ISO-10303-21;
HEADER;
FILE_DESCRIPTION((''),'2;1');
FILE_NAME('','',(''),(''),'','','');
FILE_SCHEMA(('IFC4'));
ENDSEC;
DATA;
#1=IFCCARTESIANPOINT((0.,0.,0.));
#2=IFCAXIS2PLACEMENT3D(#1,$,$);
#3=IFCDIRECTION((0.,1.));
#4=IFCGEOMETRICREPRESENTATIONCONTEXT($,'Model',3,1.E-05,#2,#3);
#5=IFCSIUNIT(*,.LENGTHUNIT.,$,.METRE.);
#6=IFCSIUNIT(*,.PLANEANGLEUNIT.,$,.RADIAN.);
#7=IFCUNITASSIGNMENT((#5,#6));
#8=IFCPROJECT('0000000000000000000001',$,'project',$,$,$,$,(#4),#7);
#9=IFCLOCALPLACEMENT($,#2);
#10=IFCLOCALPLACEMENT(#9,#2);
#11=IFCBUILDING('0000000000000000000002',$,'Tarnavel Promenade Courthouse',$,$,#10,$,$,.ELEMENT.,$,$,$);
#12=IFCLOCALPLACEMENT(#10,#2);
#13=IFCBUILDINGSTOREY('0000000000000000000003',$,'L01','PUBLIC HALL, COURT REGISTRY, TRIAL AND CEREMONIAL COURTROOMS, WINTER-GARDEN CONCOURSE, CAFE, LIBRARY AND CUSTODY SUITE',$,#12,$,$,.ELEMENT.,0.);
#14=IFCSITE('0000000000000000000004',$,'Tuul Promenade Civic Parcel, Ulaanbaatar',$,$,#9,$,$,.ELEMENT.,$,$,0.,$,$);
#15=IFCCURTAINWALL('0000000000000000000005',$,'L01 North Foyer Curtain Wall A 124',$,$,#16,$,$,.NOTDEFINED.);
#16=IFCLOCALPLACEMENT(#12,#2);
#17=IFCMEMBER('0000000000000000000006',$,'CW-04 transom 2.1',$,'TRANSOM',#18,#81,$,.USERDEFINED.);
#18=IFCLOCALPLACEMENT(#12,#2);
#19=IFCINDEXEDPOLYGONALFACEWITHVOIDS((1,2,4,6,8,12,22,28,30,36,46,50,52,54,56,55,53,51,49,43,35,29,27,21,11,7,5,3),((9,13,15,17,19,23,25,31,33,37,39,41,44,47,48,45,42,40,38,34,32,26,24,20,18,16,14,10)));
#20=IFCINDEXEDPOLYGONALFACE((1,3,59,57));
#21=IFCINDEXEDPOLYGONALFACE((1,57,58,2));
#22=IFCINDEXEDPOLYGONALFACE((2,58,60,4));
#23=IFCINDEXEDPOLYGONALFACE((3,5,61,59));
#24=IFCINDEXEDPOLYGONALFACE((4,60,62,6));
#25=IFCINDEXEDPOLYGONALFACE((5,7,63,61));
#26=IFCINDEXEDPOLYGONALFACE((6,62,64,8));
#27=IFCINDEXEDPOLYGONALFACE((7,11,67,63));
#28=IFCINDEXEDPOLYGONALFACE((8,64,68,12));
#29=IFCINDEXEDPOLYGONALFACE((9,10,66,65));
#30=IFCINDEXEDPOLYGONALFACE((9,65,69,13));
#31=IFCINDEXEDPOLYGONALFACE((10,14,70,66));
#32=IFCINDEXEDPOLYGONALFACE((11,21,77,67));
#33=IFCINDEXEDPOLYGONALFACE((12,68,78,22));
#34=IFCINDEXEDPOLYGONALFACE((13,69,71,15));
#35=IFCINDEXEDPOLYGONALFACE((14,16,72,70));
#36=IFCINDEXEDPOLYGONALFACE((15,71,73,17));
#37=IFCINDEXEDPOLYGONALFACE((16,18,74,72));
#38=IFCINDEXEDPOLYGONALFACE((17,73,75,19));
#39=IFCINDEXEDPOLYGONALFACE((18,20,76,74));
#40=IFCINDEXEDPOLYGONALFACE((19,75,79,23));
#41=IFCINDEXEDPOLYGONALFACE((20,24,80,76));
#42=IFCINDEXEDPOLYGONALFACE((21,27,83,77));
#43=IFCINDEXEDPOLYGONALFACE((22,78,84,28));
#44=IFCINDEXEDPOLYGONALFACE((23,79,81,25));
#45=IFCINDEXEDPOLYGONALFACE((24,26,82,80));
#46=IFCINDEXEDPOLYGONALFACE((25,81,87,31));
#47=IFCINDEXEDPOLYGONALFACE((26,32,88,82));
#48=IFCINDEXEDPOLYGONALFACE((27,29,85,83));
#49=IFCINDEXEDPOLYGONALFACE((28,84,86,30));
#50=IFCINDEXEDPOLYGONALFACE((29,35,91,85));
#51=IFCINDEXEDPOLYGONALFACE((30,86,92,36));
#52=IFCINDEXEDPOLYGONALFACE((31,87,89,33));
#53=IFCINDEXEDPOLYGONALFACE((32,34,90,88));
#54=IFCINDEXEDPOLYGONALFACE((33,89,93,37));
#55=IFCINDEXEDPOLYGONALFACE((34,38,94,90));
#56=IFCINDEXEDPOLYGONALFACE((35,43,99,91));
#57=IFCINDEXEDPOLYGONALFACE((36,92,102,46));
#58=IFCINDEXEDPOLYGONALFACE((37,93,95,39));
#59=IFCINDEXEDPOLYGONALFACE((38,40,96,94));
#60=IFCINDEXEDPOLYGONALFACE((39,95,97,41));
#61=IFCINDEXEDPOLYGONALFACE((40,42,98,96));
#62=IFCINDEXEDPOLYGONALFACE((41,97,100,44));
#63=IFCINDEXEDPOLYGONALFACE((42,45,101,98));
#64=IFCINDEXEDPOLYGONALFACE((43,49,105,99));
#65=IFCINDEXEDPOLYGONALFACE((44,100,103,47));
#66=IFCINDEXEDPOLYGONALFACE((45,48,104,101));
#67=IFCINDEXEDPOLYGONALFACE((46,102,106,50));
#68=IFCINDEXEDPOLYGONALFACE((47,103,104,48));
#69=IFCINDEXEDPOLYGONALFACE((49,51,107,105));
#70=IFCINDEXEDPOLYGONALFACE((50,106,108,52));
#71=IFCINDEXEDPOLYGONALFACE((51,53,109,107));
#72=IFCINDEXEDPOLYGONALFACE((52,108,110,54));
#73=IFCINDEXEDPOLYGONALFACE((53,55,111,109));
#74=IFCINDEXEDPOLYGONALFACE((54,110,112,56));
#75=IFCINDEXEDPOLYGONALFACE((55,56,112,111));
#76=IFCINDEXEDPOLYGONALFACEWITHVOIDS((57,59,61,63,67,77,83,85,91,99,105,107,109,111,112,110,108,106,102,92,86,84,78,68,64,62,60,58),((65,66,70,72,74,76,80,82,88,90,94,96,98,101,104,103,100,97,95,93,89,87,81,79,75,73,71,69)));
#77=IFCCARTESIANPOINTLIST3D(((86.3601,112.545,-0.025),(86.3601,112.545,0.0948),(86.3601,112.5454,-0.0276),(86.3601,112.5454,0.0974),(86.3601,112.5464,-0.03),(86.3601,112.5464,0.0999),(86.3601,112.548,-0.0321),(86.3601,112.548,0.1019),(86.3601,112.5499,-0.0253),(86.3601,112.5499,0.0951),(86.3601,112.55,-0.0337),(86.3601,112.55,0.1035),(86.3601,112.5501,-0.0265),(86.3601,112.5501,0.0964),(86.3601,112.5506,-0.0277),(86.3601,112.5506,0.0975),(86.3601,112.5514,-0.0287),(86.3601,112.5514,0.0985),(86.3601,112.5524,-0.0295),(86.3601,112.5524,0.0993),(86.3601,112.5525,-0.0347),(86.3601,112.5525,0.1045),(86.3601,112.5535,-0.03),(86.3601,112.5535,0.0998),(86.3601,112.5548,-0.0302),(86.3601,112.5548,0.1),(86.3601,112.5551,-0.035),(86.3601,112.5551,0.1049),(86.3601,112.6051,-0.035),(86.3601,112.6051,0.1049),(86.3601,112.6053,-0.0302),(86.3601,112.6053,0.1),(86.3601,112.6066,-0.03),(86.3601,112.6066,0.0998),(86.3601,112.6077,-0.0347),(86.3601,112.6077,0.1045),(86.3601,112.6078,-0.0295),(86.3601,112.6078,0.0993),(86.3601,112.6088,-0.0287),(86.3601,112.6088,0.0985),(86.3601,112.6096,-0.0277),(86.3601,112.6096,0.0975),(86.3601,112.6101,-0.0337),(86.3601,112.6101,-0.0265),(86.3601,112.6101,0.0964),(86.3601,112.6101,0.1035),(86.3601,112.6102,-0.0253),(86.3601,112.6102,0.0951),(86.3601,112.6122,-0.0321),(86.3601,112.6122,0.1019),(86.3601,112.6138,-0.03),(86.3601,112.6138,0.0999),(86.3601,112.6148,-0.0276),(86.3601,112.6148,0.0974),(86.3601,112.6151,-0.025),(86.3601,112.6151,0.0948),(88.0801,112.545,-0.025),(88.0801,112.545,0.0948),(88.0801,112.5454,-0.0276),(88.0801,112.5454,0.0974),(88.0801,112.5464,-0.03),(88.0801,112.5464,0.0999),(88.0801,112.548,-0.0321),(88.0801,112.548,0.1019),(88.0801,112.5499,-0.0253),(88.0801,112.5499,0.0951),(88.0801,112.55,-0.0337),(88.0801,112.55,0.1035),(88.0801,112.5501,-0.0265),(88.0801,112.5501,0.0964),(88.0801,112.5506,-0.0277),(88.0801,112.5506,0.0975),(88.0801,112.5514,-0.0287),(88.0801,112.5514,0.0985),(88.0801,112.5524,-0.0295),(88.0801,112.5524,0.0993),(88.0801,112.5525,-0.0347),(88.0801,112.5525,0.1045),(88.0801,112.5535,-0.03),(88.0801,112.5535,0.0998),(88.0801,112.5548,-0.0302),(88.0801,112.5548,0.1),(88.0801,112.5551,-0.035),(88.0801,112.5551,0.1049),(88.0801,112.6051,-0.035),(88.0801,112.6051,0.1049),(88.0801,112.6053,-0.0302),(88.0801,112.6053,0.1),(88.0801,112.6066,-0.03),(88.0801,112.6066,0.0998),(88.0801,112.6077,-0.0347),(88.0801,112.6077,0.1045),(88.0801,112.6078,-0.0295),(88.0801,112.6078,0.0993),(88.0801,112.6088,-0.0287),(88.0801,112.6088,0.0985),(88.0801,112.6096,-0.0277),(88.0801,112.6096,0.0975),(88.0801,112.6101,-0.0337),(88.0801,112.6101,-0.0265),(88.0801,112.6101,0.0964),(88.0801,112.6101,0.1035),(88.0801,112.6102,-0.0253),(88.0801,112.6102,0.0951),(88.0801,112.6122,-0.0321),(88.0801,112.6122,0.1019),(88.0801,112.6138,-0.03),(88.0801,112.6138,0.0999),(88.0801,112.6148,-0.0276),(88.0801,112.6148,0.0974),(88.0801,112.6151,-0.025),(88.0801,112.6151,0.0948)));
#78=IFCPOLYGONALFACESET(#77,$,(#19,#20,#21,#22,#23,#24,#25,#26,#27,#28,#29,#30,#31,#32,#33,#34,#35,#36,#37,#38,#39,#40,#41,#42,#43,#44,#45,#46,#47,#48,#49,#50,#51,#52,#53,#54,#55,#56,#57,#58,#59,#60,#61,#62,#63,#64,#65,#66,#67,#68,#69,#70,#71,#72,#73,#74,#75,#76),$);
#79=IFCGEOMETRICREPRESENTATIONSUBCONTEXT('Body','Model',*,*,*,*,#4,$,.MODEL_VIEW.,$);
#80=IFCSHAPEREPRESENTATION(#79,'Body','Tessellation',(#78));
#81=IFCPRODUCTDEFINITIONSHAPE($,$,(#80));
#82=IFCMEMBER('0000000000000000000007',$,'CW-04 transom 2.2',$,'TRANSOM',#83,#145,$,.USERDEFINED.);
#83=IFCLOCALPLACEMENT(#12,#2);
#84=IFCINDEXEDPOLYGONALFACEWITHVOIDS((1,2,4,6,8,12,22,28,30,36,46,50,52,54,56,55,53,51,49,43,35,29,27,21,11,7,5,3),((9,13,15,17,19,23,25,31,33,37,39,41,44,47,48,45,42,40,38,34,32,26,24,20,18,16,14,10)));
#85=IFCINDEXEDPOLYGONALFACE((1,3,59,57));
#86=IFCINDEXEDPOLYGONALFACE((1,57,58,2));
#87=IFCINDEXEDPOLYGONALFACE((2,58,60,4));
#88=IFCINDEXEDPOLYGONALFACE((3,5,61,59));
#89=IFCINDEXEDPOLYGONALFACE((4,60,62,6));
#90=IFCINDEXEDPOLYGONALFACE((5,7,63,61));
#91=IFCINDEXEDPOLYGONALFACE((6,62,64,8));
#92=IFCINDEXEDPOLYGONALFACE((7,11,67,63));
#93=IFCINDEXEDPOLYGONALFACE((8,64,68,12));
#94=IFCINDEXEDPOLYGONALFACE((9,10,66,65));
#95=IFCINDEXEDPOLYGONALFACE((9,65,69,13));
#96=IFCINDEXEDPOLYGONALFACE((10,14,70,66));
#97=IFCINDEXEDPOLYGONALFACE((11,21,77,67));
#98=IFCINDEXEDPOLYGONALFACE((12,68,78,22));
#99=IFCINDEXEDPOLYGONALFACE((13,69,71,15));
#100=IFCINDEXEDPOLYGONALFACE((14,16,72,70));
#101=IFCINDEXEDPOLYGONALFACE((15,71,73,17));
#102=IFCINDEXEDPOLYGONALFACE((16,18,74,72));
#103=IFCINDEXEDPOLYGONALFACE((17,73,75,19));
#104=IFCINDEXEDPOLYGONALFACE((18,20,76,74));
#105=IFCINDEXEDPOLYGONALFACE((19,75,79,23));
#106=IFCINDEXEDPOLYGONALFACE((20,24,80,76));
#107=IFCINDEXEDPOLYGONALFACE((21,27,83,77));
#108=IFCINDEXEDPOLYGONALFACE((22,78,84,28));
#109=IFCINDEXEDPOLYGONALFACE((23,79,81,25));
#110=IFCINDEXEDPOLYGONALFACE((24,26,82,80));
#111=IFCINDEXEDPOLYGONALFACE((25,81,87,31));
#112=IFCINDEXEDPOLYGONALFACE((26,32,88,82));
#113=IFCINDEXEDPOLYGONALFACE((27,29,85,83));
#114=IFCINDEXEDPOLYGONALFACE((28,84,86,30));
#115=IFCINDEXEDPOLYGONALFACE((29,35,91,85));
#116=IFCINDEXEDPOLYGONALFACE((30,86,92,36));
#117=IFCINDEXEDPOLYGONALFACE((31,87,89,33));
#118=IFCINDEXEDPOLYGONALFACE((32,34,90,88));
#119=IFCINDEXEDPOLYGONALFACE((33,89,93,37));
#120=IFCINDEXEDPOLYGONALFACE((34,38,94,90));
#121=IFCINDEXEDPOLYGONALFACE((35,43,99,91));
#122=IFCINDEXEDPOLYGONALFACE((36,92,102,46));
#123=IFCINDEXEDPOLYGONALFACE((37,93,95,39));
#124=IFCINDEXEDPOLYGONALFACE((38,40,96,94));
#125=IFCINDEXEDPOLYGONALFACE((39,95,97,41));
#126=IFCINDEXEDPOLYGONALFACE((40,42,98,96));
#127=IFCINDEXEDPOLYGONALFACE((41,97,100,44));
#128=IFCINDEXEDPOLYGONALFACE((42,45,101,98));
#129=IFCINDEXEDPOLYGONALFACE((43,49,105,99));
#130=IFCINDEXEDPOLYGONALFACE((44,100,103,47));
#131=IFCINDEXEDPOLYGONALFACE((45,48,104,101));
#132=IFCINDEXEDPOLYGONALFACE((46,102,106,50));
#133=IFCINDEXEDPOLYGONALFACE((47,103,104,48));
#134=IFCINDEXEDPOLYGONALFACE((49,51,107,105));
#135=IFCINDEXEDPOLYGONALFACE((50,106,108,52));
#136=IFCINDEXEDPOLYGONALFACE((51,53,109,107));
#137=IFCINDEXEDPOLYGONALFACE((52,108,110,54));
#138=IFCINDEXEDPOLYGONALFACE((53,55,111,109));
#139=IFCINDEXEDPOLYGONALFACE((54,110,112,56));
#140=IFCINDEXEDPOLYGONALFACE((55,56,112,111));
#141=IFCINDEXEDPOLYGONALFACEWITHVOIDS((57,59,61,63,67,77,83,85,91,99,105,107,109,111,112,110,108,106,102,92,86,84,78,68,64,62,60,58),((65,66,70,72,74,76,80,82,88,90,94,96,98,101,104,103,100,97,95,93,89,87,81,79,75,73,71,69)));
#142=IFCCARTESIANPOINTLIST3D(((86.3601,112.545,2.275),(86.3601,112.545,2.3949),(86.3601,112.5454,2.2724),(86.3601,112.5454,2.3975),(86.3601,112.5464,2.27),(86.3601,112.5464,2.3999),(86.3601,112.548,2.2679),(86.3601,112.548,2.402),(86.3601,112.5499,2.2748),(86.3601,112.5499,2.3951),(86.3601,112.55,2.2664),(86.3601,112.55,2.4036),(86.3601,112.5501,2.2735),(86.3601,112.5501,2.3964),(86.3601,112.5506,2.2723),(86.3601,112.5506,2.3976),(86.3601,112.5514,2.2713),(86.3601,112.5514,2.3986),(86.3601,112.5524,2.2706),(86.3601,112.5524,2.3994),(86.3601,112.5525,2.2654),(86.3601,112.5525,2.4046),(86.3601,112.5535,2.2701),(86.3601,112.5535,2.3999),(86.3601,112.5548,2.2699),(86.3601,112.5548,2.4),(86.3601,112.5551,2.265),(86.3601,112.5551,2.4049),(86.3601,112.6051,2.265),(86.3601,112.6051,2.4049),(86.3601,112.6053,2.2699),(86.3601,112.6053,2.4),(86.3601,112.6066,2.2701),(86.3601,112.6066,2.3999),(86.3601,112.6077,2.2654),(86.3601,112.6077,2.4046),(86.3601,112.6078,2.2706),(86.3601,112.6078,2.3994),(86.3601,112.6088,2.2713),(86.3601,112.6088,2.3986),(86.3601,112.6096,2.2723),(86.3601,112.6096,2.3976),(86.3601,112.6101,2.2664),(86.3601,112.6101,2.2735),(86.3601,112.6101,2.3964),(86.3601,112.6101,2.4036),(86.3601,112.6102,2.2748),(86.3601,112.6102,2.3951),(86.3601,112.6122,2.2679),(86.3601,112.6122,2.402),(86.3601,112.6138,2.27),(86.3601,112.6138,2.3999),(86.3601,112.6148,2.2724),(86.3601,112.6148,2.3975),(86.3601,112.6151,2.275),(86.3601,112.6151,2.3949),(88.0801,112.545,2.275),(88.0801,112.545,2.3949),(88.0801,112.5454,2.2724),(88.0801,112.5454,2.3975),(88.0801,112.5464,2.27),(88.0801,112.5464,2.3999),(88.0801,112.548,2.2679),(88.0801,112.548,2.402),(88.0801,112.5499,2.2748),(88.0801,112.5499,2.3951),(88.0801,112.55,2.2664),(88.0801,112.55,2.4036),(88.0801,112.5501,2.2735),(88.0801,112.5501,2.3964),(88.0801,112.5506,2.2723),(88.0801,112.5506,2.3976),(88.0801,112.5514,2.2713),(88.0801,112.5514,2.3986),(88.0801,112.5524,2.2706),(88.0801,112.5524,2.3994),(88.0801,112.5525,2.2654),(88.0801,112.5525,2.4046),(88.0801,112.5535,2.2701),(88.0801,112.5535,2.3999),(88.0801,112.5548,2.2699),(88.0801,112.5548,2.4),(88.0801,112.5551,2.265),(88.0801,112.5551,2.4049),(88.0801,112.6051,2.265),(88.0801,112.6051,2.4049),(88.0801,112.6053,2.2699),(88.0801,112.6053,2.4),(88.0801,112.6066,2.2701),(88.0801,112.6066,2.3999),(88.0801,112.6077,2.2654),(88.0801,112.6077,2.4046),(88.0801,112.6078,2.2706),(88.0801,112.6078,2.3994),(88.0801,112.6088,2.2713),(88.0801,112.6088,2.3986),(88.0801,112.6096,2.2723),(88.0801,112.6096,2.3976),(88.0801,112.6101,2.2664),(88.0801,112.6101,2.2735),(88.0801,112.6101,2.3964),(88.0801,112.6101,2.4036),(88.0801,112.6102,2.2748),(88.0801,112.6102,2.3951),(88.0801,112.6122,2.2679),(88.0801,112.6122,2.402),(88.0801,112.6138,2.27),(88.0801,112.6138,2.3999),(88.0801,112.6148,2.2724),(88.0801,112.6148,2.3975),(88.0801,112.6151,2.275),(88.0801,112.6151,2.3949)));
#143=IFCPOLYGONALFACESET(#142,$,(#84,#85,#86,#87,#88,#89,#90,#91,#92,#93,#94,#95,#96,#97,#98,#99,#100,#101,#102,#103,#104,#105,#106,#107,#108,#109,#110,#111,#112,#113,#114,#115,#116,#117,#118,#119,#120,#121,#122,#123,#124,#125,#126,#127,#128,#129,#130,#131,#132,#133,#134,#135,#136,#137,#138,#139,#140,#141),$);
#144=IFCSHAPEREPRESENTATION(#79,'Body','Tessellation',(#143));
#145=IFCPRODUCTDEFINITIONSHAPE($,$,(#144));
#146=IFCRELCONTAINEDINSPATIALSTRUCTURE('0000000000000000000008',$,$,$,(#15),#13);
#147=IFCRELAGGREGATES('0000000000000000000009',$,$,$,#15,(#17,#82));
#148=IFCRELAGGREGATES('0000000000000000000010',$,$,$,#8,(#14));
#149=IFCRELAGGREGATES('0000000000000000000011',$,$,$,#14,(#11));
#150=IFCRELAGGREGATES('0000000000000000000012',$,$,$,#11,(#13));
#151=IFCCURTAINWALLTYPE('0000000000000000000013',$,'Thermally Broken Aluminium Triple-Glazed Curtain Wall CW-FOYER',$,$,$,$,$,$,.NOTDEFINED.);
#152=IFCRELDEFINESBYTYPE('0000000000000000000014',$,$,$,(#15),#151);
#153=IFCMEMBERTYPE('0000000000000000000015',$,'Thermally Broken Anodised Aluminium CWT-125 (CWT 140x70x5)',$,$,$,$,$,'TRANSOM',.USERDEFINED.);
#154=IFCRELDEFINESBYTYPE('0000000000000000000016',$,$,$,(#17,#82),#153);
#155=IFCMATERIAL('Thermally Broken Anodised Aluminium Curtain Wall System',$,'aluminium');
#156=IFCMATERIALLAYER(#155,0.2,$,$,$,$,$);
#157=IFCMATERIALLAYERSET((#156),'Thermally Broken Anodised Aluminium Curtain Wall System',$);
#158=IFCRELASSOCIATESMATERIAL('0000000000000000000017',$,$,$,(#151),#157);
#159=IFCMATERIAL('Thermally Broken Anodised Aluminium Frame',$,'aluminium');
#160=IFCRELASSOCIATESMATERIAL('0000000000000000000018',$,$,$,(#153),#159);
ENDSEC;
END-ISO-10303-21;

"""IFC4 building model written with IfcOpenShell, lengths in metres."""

from ifc_helpers import new_model, si_unit, direction, frame, origin, origin_2d, place, context, subcontext, project, spatial, hollow_rectangle, extrude, material, layer, layer_set, material_profile, profile_set, type_object, element, aggregate, save


model = new_model("IFC4")

# Units and contexts
model_context = context("Model", 3, precision=1e-05, world=origin(), true_north=direction((0.0, 1.0)))
body_context = subcontext(model_context, "Body", "Model", "MODEL_VIEW")
ifc_project = project(units=[si_unit("LENGTHUNIT", "METRE"), si_unit("PLANEANGLEUNIT", "RADIAN")], contexts=[model_context])

# Site, building, storey
site_placement = place(None, origin())
site = spatial("IfcSite", under=ifc_project, at=site_placement, Name="Tuul Promenade Civic Parcel, Ulaanbaatar", CompositionType="ELEMENT", RefElevation=0.0)
building_placement = place(site_placement, origin())
building = spatial("IfcBuilding", under=site, at=building_placement, Name="Tarnavel Promenade Courthouse", CompositionType="ELEMENT")
storey_placement = place(building_placement, origin())
storey = spatial("IfcBuildingStorey", under=building, at=storey_placement, Name="L01", Description="PUBLIC HALL, COURT REGISTRY, TRIAL AND CEREMONIAL COURTROOMS, WINTER-GARDEN CONCOURSE, CAFE, LIBRARY AND CUSTODY SUITE", CompositionType="ELEMENT", Elevation=0.0)

# Curtain wall
ifc_material_1 = material(Name="Thermally Broken Anodised Aluminium Curtain Wall System", Category="aluminium")
ifc_layer_1 = layer(ifc_material_1, 0.2)
ifc_layer_set_1 = layer_set([ifc_layer_1], Name="Thermally Broken Anodised Aluminium Curtain Wall System")
curtain_wall_type = type_object("IfcCurtainWallType", Name="Thermally Broken Aluminium Triple-Glazed Curtain Wall CW-FOYER", PredefinedType="NOTDEFINED", material=ifc_layer_set_1)
curtain_wall_1_placement = place(storey_placement, origin())
curtain_wall_1 = element("IfcCurtainWall", 1, at=curtain_wall_1_placement, inside=storey, type_object=curtain_wall_type, Name="L01 North Foyer Curtain Wall A 124", PredefinedType="NOTDEFINED")
ifc_material_2 = material(Name="Thermally Broken Anodised Aluminium Frame", Category="aluminium")

# Members
ifc_material_profile_1 = material_profile(ifc_material_2, hollow_rectangle(XDim=0.0701, YDim=0.1399, WallThickness=0.0049, InnerFilletRadius=0.0049, OuterFilletRadius=0.01, at=origin_2d()), Name="CWT 140x70x5")
ifc_profile_set_1 = profile_set([ifc_material_profile_1], Name="Thermally Broken Anodised Aluminium Frame")
member_type_1 = type_object("IfcMemberType", Name="Thermally Broken Anodised Aluminium CWT-125 (CWT 140x70x5)", ElementType="TRANSOM", PredefinedType="USERDEFINED", material=ifc_profile_set_1)
member_1_placement = place(storey_placement, frame((86.3601, 112.5801, 0.0349), z_axis=(1.0, 0.0, 0.0), x_axis=(0.0, 1.0, 0.0)))
member_1 = element("IfcMember", 2, at=member_1_placement, type_object=member_type_1, Name="CW-04 transom 2.1", ObjectType="TRANSOM", PredefinedType="USERDEFINED", context=body_context, shape_type="SweptSolid", body=[
    extrude(hollow_rectangle(XDim=0.0701, YDim=0.1399, WallThickness=0.0049, InnerFilletRadius=0.0049, OuterFilletRadius=0.01, at=origin_2d()), origin(), (0.0, 0.0, 1.0), 1.72),
])
member_2_placement = place(storey_placement, frame((86.3601, 112.5801, 2.335), z_axis=(1.0, 0.0, 0.0), x_axis=(0.0, 1.0, 0.0)))
member_2 = element("IfcMember", 3, at=member_2_placement, type_object=member_type_1, Name="CW-04 transom 2.2", ObjectType="TRANSOM", PredefinedType="USERDEFINED", context=body_context, shape_type="SweptSolid", body=[
    extrude(hollow_rectangle(XDim=0.0701, YDim=0.1399, WallThickness=0.0049, InnerFilletRadius=0.0049, OuterFilletRadius=0.01, at=origin_2d()), origin(), (0.0, 0.0, 1.0), 1.72),
])

aggregate(curtain_wall_1, [member_1, member_2])

save(model, "model.ifc")
